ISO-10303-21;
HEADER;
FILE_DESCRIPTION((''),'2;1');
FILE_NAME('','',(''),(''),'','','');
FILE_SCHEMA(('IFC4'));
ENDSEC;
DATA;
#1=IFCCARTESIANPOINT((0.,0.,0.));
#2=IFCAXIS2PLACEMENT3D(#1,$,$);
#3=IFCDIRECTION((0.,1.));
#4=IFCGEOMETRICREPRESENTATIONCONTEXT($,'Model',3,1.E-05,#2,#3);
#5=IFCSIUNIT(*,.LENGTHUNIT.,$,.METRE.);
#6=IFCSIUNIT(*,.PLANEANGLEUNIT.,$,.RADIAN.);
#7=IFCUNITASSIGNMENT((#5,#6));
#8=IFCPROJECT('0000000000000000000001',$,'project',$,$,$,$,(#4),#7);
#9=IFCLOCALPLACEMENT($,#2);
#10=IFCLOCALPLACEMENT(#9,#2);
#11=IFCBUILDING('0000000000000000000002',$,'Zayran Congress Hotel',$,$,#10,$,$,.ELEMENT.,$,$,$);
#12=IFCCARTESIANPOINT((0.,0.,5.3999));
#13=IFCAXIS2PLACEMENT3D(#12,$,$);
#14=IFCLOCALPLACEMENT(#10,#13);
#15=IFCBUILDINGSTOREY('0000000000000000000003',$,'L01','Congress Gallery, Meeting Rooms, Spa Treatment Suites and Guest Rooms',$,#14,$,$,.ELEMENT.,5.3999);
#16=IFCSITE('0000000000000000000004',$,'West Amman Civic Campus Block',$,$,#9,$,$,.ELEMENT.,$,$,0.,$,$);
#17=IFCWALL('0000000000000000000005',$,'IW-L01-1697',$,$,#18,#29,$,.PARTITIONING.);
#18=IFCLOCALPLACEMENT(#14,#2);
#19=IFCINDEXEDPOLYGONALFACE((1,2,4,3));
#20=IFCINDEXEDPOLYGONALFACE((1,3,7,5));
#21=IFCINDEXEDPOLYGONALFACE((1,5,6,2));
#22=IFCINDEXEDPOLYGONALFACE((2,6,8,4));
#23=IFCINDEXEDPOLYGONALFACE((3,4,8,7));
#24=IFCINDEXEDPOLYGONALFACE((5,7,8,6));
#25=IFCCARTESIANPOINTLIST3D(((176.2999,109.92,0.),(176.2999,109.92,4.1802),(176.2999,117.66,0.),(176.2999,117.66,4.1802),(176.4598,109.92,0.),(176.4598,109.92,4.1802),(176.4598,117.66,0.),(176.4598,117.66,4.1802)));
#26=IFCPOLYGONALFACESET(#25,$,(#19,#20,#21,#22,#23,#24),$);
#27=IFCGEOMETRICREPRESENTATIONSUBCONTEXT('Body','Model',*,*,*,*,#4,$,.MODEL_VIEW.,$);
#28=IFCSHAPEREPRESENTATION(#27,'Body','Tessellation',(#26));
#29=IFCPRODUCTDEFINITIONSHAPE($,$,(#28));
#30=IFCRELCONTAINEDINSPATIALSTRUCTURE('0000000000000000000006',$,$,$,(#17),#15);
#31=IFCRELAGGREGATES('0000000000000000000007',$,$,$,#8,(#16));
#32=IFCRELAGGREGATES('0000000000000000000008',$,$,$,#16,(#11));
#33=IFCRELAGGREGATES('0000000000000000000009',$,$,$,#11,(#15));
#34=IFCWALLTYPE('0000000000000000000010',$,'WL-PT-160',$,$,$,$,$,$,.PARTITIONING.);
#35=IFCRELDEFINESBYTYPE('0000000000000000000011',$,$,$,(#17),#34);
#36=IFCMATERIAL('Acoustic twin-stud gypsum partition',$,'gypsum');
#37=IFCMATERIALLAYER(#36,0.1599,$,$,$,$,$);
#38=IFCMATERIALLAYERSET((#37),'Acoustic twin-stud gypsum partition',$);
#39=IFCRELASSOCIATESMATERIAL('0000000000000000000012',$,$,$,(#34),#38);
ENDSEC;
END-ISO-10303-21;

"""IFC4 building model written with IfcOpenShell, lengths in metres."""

from ifc_helpers import new_model, si_unit, direction, frame, frame_2d, origin, place, context, subcontext, project, spatial, rectangle, extrude, material, layer, layer_set, type_object, element, save


model = new_model("IFC4")

# Units and contexts
model_context = context("Model", 3, precision=1e-05, world=origin(), true_north=direction((0.0, 1.0)))
body_context = subcontext(model_context, "Body", "Model", "MODEL_VIEW")
ifc_project = project(units=[si_unit("LENGTHUNIT", "METRE"), si_unit("PLANEANGLEUNIT", "RADIAN")], contexts=[model_context])

# Site, building, storey
site_placement = place(None, origin())
site = spatial("IfcSite", under=ifc_project, at=site_placement, Name="West Amman Civic Campus Block", CompositionType="ELEMENT", RefElevation=0.0)
building_placement = place(site_placement, origin())
building = spatial("IfcBuilding", under=site, at=building_placement, Name="Zayran Congress Hotel", CompositionType="ELEMENT")
storey_placement = place(building_placement, frame((0.0, 0.0, 5.3999)))
storey = spatial("IfcBuildingStorey", under=building, at=storey_placement, Name="L01", Description="Congress Gallery, Meeting Rooms, Spa Treatment Suites and Guest Rooms", CompositionType="ELEMENT", Elevation=5.3999)

# Shared definitions
ifc_material_1 = material(Name="Acoustic twin-stud gypsum partition", Category="gypsum")
ifc_layer_1 = layer(ifc_material_1, 0.1599)
ifc_layer_set_1 = layer_set([ifc_layer_1], Name="Acoustic twin-stud gypsum partition")
wall_type_1 = type_object("IfcWallType", Name="WL-PT-160", PredefinedType="PARTITIONING", material=ifc_layer_set_1)

# Wall
wall_1_placement = place(storey_placement, frame((176.3799, 109.9199, 0.0), z_axis=(0.0, 0.0, 1.0), x_axis=(0.0, 1.0, 0.0)))
element("IfcWall", 1, at=wall_1_placement, inside=storey, type_object=wall_type_1, Name="IW-L01-1697", PredefinedType="PARTITIONING", context=body_context, shape_type="SweptSolid", body=[
    extrude(rectangle(XDim=7.74, YDim=0.1599, at=frame_2d((3.8701, 0.0))), origin(), (0.0, 0.0, 1.0), 4.1802),
])

save(model, "model.ifc")
